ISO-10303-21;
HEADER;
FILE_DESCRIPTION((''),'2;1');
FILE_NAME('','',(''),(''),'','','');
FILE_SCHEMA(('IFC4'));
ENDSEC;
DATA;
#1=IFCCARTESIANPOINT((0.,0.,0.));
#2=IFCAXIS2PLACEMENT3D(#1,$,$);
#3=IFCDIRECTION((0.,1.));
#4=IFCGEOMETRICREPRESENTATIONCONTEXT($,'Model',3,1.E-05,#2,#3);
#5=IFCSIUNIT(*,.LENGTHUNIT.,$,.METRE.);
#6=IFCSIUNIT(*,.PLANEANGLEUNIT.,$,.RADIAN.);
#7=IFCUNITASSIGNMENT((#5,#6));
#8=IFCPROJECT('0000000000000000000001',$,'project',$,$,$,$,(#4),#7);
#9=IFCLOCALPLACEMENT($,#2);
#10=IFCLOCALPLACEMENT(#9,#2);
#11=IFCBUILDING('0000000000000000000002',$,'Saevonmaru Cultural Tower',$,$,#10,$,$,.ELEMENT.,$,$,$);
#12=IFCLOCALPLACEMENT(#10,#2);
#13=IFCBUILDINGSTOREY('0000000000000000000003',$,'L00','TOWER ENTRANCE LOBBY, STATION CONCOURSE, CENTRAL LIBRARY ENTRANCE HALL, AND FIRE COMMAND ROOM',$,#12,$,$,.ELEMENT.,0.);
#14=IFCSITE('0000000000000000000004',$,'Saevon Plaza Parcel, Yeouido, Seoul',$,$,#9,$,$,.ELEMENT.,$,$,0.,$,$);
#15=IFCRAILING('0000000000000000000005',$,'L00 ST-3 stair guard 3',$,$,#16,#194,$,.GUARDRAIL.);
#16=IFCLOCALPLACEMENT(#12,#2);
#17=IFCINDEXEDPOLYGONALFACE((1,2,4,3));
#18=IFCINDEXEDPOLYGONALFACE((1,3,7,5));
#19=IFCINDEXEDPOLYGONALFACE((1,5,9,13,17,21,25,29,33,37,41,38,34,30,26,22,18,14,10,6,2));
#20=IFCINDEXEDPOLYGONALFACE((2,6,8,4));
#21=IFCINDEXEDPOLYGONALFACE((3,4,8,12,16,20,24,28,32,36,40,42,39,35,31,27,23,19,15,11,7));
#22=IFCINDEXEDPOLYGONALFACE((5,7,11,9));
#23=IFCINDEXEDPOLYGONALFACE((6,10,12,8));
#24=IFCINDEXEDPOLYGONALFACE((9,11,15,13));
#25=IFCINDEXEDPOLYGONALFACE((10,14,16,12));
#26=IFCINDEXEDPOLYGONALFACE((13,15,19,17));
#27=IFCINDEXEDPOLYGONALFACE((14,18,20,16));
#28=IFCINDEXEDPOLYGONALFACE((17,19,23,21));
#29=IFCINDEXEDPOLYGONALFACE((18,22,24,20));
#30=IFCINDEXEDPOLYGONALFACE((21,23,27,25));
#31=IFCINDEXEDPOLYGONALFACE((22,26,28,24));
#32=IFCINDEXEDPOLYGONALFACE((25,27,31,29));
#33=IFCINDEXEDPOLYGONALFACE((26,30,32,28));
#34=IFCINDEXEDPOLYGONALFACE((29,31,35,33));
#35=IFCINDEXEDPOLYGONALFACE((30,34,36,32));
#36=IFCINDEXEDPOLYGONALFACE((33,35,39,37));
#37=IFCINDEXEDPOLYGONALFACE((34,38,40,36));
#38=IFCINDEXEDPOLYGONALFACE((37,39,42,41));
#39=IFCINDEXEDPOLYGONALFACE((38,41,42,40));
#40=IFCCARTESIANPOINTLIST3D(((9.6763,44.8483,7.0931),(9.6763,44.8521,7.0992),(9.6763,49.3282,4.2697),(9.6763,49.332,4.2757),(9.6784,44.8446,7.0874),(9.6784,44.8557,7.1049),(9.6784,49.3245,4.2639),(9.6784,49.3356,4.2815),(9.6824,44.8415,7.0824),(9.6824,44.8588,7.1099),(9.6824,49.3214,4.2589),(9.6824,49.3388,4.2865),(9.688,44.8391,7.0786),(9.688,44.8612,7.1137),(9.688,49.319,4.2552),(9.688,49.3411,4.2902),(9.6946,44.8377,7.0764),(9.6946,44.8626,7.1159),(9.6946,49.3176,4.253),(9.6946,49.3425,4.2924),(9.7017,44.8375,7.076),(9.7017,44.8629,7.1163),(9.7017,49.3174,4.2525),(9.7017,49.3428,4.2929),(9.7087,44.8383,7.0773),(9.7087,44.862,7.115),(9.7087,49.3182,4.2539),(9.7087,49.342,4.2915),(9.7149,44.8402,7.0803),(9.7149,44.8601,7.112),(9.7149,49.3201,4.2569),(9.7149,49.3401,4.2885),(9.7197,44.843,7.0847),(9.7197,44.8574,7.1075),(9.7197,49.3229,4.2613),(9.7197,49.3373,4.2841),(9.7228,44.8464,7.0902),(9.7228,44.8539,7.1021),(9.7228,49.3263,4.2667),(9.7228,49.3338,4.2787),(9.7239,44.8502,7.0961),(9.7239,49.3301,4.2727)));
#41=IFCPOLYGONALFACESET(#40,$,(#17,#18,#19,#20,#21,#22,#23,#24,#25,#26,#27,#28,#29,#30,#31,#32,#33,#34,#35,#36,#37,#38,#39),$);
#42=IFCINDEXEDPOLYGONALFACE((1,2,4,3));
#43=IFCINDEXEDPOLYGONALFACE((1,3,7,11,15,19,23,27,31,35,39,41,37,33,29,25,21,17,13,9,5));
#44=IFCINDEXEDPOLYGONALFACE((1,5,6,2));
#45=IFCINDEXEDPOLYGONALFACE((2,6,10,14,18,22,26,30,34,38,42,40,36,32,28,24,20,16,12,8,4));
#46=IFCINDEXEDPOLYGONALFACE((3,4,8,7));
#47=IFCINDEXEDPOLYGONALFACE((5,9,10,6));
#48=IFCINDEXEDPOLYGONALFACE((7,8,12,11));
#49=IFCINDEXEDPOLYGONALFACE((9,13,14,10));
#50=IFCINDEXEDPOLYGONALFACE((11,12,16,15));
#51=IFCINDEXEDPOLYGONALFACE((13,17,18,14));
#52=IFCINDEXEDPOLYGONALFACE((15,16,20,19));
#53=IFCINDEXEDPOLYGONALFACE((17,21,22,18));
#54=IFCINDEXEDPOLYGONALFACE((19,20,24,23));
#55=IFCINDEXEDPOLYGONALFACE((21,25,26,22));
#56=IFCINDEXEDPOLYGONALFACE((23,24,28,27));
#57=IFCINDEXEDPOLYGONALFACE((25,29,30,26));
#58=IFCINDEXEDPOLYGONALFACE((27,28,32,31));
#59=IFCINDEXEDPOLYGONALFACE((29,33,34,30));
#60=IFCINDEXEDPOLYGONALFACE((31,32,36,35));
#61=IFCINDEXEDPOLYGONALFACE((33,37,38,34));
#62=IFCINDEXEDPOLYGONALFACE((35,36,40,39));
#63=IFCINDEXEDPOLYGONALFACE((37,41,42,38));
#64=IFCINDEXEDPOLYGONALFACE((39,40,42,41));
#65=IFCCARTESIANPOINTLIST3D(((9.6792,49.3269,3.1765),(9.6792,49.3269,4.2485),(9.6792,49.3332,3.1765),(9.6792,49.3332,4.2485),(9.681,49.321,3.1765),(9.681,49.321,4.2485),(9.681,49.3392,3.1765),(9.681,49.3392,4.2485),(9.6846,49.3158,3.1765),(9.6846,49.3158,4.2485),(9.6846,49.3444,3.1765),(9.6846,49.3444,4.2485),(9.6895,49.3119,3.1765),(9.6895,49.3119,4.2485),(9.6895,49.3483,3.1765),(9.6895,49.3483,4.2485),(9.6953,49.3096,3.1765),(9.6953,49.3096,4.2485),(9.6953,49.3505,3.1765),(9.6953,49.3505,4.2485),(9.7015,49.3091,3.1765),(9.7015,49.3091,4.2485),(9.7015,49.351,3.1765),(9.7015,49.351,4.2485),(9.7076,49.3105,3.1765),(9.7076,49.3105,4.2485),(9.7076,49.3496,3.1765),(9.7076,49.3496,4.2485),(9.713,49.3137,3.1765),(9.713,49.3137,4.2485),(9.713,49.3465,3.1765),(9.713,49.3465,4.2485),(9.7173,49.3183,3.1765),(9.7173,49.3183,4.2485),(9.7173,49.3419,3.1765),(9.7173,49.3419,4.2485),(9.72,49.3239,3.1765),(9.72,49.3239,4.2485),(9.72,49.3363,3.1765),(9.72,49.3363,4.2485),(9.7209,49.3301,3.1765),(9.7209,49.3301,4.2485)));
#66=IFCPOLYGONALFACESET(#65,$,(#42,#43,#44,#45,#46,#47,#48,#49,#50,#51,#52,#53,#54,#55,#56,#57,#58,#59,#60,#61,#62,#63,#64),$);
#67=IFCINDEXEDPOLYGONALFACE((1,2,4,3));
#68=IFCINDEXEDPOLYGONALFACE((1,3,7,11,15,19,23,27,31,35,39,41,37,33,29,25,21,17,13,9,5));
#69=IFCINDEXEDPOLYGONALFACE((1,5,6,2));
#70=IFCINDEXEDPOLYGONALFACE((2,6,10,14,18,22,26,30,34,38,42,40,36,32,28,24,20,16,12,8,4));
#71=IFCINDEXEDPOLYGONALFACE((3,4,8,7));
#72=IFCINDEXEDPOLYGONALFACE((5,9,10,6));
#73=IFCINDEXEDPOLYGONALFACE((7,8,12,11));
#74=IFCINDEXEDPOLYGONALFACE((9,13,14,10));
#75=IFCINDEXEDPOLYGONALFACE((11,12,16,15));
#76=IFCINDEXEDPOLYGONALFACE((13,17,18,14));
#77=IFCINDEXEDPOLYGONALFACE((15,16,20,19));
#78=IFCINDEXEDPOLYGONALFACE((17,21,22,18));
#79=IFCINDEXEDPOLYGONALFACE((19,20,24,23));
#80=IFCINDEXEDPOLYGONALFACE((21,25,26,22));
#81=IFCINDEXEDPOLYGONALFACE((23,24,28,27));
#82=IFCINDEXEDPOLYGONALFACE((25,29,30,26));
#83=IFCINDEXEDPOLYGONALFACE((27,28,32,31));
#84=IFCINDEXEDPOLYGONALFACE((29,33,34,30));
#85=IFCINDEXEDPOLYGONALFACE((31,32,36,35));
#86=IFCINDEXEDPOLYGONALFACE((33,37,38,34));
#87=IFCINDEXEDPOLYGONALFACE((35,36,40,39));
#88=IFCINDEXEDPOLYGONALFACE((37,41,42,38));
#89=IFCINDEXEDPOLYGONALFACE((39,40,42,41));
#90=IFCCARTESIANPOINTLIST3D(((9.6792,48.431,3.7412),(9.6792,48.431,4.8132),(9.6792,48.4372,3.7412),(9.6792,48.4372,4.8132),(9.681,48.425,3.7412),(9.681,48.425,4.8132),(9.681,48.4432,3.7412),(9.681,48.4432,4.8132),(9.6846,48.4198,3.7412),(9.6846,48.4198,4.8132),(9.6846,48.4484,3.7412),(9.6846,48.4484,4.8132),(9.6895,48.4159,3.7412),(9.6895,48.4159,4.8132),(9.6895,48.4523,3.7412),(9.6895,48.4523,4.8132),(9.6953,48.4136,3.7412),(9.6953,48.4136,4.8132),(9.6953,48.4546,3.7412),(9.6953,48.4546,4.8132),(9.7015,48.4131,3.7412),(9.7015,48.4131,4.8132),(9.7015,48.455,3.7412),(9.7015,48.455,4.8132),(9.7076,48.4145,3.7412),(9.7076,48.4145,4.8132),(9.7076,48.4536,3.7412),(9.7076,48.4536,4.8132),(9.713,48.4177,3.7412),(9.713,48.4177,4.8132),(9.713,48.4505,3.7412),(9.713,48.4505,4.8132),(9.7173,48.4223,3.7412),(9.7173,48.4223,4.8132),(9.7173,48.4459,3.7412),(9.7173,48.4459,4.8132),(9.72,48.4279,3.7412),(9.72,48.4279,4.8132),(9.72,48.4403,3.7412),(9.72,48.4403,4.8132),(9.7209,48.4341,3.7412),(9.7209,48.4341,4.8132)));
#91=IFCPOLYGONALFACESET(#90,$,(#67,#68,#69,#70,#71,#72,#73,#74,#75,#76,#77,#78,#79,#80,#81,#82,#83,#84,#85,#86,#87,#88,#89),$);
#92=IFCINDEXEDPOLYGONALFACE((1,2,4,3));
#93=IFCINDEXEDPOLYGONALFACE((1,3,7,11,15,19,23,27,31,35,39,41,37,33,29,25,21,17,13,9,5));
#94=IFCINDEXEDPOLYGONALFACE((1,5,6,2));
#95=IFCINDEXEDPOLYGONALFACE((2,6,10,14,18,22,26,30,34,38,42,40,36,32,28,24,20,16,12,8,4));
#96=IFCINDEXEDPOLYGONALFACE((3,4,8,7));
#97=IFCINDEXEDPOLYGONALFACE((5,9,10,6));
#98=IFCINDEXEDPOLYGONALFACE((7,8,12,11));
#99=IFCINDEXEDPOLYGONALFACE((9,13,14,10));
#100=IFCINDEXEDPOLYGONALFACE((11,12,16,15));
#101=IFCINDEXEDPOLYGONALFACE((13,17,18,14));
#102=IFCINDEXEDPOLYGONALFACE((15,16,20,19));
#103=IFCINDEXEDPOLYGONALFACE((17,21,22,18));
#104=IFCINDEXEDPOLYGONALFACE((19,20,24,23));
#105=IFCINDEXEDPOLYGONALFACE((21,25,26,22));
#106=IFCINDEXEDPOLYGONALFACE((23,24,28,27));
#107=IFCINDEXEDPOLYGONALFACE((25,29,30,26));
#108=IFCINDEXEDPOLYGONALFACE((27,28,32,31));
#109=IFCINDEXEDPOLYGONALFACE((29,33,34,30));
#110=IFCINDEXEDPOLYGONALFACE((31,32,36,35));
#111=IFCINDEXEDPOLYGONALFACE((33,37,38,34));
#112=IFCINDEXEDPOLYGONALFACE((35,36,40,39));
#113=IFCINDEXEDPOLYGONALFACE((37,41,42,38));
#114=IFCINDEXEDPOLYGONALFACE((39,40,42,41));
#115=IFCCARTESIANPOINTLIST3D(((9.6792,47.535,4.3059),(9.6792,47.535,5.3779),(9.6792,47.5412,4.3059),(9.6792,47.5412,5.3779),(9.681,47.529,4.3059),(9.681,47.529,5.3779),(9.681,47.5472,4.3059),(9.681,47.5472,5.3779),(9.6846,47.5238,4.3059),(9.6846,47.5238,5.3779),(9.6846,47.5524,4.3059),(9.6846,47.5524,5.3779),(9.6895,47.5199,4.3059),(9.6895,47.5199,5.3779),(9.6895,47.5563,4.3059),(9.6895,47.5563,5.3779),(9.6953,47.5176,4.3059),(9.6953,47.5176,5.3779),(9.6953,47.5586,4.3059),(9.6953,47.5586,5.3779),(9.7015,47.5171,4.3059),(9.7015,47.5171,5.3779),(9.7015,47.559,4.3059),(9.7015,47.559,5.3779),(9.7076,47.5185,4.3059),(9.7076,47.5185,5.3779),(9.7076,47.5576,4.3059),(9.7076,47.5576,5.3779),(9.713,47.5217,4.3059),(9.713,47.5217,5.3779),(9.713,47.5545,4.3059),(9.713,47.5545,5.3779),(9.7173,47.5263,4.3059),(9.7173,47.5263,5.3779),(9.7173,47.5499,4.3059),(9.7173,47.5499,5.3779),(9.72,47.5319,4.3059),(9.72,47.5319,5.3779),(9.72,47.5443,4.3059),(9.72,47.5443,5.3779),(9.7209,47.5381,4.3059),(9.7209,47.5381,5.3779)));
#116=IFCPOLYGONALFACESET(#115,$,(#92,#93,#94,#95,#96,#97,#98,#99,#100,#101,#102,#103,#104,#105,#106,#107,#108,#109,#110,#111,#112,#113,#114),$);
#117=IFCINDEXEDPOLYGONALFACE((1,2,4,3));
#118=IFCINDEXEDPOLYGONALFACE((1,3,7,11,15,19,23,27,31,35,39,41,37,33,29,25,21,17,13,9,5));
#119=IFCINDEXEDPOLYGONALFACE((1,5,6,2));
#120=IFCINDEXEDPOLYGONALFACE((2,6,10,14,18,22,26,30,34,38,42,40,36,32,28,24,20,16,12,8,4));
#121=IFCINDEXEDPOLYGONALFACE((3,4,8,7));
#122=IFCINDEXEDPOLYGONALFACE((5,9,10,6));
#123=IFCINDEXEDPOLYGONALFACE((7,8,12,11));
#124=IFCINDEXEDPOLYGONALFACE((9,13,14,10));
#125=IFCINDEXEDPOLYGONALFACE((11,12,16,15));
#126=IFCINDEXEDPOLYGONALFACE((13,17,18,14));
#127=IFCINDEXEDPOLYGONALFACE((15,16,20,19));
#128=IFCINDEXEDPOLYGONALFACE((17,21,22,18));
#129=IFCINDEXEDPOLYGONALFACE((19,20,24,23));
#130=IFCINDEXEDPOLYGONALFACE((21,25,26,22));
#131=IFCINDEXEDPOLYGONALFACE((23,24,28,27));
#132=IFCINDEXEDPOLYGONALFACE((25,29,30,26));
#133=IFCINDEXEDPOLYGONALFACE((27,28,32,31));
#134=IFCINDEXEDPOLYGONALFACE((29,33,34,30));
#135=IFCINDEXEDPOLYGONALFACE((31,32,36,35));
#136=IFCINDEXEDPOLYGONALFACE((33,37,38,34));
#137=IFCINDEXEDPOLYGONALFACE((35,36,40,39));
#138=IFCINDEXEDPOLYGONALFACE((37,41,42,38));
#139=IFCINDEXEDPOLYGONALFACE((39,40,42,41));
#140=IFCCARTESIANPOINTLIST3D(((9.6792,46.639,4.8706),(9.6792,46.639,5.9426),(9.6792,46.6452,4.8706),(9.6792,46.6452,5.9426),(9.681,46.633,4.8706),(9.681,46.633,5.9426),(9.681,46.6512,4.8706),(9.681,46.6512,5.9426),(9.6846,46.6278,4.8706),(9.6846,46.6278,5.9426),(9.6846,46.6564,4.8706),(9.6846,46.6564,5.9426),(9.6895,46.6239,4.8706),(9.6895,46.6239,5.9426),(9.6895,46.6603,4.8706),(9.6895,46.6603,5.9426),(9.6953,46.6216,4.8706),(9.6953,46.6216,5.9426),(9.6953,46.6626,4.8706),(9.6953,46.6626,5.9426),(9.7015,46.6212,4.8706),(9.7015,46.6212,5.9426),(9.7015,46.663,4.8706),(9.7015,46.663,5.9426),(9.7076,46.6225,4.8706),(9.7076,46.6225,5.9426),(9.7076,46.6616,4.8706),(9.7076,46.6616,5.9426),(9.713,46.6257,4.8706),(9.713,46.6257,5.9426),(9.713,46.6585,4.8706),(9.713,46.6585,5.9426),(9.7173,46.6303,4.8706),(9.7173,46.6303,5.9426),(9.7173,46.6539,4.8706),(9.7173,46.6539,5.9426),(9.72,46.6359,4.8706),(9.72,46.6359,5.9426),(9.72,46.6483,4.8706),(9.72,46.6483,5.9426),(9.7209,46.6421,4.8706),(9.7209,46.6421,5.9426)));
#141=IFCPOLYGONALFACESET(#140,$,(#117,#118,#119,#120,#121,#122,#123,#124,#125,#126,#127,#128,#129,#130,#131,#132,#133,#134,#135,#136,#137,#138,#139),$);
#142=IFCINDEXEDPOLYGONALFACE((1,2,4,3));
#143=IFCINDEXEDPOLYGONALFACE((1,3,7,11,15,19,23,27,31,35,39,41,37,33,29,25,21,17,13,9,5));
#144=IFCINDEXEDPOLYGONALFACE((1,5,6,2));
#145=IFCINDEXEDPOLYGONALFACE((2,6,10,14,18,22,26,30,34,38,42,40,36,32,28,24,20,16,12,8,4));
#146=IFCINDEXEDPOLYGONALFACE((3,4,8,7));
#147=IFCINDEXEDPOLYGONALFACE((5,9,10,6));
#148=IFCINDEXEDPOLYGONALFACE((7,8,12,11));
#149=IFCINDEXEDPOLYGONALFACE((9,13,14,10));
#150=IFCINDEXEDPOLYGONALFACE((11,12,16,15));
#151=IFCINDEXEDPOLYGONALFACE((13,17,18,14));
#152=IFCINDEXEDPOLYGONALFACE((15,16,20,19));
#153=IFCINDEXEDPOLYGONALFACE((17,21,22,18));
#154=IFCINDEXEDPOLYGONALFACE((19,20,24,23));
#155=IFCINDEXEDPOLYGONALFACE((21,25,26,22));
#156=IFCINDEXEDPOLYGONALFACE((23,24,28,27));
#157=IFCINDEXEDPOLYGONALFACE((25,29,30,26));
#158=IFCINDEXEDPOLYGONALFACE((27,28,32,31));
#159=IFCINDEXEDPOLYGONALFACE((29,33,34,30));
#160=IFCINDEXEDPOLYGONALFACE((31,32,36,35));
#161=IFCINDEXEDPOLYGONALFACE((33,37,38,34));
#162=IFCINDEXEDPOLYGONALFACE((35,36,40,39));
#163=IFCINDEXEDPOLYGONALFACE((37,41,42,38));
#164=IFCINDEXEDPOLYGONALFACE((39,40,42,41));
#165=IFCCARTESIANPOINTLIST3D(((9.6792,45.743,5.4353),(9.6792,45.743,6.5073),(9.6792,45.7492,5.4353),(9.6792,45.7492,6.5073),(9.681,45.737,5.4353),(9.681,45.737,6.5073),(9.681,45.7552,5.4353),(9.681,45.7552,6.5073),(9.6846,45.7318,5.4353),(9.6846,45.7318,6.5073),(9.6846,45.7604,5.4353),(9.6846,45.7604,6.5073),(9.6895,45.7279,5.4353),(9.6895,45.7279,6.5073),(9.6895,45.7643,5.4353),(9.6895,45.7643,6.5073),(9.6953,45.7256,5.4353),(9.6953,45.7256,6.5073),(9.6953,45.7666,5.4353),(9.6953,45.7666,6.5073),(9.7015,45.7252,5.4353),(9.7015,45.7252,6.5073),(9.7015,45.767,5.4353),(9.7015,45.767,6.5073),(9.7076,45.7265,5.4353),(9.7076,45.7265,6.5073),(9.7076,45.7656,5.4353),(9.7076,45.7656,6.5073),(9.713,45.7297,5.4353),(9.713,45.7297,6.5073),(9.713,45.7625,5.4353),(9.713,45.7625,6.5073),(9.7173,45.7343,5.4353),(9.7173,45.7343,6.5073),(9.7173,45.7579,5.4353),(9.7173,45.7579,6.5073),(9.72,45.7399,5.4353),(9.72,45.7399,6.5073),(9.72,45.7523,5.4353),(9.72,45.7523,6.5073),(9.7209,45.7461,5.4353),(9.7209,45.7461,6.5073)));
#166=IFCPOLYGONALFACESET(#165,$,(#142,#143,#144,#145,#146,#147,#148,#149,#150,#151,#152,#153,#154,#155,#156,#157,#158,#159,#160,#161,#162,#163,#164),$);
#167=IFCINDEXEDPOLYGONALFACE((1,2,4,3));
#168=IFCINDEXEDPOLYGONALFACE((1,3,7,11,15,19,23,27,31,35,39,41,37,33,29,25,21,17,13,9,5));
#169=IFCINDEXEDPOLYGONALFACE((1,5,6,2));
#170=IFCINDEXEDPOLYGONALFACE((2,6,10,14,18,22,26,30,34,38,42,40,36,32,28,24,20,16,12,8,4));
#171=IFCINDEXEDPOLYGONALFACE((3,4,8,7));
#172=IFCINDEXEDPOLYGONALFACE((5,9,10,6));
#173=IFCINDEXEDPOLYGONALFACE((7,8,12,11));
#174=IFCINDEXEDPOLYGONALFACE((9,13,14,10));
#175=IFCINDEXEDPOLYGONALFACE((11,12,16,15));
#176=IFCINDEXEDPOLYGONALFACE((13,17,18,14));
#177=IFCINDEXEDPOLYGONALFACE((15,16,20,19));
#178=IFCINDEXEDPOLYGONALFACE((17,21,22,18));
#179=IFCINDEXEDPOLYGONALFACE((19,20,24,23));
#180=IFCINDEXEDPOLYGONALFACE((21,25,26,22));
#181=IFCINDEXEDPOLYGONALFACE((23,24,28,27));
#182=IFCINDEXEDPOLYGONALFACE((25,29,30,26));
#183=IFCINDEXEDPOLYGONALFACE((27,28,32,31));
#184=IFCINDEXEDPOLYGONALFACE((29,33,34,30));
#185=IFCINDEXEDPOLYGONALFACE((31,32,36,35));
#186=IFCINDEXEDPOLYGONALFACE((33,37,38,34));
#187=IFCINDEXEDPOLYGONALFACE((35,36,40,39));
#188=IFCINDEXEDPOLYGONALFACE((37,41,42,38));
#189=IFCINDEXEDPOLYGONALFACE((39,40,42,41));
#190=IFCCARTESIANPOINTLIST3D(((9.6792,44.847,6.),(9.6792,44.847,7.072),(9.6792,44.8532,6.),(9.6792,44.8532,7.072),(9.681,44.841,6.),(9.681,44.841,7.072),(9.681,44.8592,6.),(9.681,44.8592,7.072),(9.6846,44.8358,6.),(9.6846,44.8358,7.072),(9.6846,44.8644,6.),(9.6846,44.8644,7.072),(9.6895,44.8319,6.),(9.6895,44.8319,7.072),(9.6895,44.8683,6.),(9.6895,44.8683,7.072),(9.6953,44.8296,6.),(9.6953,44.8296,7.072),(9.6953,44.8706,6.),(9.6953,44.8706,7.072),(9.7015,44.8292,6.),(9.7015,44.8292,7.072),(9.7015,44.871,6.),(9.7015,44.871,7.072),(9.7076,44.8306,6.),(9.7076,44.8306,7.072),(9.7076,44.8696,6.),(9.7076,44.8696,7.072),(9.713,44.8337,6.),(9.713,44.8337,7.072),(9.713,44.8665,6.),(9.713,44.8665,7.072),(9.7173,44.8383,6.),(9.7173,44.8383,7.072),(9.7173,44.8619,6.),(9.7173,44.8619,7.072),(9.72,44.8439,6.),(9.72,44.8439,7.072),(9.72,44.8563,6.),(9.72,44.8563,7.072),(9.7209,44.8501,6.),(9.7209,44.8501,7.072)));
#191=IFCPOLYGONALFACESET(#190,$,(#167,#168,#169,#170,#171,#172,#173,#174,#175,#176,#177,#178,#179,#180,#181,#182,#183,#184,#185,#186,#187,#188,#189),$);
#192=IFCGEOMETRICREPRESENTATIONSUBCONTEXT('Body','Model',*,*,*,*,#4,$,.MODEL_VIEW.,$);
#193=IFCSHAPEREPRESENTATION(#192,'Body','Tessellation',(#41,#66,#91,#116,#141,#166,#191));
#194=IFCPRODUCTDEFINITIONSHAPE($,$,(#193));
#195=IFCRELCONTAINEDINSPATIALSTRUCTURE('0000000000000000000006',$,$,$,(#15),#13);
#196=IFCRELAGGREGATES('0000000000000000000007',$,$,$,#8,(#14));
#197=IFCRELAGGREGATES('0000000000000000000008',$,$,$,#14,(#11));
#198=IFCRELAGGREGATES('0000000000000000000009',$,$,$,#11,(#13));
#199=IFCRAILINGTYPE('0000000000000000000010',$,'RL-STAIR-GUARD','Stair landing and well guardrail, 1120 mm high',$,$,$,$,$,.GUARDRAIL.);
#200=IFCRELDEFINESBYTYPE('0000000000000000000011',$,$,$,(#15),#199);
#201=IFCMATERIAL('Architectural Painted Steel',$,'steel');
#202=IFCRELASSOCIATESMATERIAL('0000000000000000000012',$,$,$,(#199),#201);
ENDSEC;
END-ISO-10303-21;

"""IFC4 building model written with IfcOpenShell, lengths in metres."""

from ifc_helpers import new_model, si_unit, direction, frame, origin, origin_2d, place, context, subcontext, project, spatial, circle, extrude, material, type_object, element, save


model = new_model("IFC4")

# Units and contexts
model_context = context("Model", 3, precision=1e-05, world=origin(), true_north=direction((0.0, 1.0)))
body_context = subcontext(model_context, "Body", "Model", "MODEL_VIEW")
ifc_project = project(units=[si_unit("LENGTHUNIT", "METRE"), si_unit("PLANEANGLEUNIT", "RADIAN")], contexts=[model_context])

# Site, building, storey
site_placement = place(None, origin())
site = spatial("IfcSite", under=ifc_project, at=site_placement, Name="Saevon Plaza Parcel, Yeouido, Seoul", CompositionType="ELEMENT", RefElevation=0.0)
building_placement = place(site_placement, origin())
building = spatial("IfcBuilding", under=site, at=building_placement, Name="Saevonmaru Cultural Tower", CompositionType="ELEMENT")
storey_placement = place(building_placement, origin())
storey = spatial("IfcBuildingStorey", under=building, at=storey_placement, Name="L00", Description="TOWER ENTRANCE LOBBY, STATION CONCOURSE, CENTRAL LIBRARY ENTRANCE HALL, AND FIRE COMMAND ROOM", CompositionType="ELEMENT", Elevation=0.0)

# Railing
ifc_material_1 = material(Name="Architectural Painted Steel", Category="steel")
railing_type_1 = type_object("IfcRailingType", Name="RL-STAIR-GUARD", Description="Stair landing and well guardrail, 1120 mm high", PredefinedType="GUARDRAIL", material=ifc_material_1)
railing_1_placement = place(storey_placement, frame((9.7, 49.3301, 3.1765)))
element("IfcRailing", 1, at=railing_1_placement, inside=storey, type_object=railing_type_1, Name="L00 ST-3 stair guard 3", PredefinedType="GUARDRAIL", context=body_context, shape_type="SweptSolid", body=[
    extrude(circle(Radius=0.0239, at=origin_2d()), frame((0.0, 0.0, 1.0962), z_axis=(0.0, -0.845998, 0.533186), x_axis=(1.0, 0.0, 0.0)), (0.0, 0.0, 1.0), 5.2954),
    extrude(circle(Radius=0.021, at=origin_2d()), origin(), (0.0, 0.0, 1.0), 1.072),
    extrude(circle(Radius=0.021, at=origin_2d()), frame((0.0, -0.896, 0.5647)), (0.0, 0.0, 1.0), 1.072),
    extrude(circle(Radius=0.021, at=origin_2d()), frame((0.0, -1.792, 1.1294)), (0.0, 0.0, 1.0), 1.072),
    extrude(circle(Radius=0.021, at=origin_2d()), frame((0.0, -2.688, 1.6941)), (0.0, 0.0, 1.0), 1.072),
    extrude(circle(Radius=0.021, at=origin_2d()), frame((0.0, -3.584, 2.2588)), (0.0, 0.0, 1.0), 1.072),
    extrude(circle(Radius=0.021, at=origin_2d()), frame((0.0, -4.48, 2.8235)), (0.0, 0.0, 1.0), 1.072),
])

save(model, "model.ifc")
